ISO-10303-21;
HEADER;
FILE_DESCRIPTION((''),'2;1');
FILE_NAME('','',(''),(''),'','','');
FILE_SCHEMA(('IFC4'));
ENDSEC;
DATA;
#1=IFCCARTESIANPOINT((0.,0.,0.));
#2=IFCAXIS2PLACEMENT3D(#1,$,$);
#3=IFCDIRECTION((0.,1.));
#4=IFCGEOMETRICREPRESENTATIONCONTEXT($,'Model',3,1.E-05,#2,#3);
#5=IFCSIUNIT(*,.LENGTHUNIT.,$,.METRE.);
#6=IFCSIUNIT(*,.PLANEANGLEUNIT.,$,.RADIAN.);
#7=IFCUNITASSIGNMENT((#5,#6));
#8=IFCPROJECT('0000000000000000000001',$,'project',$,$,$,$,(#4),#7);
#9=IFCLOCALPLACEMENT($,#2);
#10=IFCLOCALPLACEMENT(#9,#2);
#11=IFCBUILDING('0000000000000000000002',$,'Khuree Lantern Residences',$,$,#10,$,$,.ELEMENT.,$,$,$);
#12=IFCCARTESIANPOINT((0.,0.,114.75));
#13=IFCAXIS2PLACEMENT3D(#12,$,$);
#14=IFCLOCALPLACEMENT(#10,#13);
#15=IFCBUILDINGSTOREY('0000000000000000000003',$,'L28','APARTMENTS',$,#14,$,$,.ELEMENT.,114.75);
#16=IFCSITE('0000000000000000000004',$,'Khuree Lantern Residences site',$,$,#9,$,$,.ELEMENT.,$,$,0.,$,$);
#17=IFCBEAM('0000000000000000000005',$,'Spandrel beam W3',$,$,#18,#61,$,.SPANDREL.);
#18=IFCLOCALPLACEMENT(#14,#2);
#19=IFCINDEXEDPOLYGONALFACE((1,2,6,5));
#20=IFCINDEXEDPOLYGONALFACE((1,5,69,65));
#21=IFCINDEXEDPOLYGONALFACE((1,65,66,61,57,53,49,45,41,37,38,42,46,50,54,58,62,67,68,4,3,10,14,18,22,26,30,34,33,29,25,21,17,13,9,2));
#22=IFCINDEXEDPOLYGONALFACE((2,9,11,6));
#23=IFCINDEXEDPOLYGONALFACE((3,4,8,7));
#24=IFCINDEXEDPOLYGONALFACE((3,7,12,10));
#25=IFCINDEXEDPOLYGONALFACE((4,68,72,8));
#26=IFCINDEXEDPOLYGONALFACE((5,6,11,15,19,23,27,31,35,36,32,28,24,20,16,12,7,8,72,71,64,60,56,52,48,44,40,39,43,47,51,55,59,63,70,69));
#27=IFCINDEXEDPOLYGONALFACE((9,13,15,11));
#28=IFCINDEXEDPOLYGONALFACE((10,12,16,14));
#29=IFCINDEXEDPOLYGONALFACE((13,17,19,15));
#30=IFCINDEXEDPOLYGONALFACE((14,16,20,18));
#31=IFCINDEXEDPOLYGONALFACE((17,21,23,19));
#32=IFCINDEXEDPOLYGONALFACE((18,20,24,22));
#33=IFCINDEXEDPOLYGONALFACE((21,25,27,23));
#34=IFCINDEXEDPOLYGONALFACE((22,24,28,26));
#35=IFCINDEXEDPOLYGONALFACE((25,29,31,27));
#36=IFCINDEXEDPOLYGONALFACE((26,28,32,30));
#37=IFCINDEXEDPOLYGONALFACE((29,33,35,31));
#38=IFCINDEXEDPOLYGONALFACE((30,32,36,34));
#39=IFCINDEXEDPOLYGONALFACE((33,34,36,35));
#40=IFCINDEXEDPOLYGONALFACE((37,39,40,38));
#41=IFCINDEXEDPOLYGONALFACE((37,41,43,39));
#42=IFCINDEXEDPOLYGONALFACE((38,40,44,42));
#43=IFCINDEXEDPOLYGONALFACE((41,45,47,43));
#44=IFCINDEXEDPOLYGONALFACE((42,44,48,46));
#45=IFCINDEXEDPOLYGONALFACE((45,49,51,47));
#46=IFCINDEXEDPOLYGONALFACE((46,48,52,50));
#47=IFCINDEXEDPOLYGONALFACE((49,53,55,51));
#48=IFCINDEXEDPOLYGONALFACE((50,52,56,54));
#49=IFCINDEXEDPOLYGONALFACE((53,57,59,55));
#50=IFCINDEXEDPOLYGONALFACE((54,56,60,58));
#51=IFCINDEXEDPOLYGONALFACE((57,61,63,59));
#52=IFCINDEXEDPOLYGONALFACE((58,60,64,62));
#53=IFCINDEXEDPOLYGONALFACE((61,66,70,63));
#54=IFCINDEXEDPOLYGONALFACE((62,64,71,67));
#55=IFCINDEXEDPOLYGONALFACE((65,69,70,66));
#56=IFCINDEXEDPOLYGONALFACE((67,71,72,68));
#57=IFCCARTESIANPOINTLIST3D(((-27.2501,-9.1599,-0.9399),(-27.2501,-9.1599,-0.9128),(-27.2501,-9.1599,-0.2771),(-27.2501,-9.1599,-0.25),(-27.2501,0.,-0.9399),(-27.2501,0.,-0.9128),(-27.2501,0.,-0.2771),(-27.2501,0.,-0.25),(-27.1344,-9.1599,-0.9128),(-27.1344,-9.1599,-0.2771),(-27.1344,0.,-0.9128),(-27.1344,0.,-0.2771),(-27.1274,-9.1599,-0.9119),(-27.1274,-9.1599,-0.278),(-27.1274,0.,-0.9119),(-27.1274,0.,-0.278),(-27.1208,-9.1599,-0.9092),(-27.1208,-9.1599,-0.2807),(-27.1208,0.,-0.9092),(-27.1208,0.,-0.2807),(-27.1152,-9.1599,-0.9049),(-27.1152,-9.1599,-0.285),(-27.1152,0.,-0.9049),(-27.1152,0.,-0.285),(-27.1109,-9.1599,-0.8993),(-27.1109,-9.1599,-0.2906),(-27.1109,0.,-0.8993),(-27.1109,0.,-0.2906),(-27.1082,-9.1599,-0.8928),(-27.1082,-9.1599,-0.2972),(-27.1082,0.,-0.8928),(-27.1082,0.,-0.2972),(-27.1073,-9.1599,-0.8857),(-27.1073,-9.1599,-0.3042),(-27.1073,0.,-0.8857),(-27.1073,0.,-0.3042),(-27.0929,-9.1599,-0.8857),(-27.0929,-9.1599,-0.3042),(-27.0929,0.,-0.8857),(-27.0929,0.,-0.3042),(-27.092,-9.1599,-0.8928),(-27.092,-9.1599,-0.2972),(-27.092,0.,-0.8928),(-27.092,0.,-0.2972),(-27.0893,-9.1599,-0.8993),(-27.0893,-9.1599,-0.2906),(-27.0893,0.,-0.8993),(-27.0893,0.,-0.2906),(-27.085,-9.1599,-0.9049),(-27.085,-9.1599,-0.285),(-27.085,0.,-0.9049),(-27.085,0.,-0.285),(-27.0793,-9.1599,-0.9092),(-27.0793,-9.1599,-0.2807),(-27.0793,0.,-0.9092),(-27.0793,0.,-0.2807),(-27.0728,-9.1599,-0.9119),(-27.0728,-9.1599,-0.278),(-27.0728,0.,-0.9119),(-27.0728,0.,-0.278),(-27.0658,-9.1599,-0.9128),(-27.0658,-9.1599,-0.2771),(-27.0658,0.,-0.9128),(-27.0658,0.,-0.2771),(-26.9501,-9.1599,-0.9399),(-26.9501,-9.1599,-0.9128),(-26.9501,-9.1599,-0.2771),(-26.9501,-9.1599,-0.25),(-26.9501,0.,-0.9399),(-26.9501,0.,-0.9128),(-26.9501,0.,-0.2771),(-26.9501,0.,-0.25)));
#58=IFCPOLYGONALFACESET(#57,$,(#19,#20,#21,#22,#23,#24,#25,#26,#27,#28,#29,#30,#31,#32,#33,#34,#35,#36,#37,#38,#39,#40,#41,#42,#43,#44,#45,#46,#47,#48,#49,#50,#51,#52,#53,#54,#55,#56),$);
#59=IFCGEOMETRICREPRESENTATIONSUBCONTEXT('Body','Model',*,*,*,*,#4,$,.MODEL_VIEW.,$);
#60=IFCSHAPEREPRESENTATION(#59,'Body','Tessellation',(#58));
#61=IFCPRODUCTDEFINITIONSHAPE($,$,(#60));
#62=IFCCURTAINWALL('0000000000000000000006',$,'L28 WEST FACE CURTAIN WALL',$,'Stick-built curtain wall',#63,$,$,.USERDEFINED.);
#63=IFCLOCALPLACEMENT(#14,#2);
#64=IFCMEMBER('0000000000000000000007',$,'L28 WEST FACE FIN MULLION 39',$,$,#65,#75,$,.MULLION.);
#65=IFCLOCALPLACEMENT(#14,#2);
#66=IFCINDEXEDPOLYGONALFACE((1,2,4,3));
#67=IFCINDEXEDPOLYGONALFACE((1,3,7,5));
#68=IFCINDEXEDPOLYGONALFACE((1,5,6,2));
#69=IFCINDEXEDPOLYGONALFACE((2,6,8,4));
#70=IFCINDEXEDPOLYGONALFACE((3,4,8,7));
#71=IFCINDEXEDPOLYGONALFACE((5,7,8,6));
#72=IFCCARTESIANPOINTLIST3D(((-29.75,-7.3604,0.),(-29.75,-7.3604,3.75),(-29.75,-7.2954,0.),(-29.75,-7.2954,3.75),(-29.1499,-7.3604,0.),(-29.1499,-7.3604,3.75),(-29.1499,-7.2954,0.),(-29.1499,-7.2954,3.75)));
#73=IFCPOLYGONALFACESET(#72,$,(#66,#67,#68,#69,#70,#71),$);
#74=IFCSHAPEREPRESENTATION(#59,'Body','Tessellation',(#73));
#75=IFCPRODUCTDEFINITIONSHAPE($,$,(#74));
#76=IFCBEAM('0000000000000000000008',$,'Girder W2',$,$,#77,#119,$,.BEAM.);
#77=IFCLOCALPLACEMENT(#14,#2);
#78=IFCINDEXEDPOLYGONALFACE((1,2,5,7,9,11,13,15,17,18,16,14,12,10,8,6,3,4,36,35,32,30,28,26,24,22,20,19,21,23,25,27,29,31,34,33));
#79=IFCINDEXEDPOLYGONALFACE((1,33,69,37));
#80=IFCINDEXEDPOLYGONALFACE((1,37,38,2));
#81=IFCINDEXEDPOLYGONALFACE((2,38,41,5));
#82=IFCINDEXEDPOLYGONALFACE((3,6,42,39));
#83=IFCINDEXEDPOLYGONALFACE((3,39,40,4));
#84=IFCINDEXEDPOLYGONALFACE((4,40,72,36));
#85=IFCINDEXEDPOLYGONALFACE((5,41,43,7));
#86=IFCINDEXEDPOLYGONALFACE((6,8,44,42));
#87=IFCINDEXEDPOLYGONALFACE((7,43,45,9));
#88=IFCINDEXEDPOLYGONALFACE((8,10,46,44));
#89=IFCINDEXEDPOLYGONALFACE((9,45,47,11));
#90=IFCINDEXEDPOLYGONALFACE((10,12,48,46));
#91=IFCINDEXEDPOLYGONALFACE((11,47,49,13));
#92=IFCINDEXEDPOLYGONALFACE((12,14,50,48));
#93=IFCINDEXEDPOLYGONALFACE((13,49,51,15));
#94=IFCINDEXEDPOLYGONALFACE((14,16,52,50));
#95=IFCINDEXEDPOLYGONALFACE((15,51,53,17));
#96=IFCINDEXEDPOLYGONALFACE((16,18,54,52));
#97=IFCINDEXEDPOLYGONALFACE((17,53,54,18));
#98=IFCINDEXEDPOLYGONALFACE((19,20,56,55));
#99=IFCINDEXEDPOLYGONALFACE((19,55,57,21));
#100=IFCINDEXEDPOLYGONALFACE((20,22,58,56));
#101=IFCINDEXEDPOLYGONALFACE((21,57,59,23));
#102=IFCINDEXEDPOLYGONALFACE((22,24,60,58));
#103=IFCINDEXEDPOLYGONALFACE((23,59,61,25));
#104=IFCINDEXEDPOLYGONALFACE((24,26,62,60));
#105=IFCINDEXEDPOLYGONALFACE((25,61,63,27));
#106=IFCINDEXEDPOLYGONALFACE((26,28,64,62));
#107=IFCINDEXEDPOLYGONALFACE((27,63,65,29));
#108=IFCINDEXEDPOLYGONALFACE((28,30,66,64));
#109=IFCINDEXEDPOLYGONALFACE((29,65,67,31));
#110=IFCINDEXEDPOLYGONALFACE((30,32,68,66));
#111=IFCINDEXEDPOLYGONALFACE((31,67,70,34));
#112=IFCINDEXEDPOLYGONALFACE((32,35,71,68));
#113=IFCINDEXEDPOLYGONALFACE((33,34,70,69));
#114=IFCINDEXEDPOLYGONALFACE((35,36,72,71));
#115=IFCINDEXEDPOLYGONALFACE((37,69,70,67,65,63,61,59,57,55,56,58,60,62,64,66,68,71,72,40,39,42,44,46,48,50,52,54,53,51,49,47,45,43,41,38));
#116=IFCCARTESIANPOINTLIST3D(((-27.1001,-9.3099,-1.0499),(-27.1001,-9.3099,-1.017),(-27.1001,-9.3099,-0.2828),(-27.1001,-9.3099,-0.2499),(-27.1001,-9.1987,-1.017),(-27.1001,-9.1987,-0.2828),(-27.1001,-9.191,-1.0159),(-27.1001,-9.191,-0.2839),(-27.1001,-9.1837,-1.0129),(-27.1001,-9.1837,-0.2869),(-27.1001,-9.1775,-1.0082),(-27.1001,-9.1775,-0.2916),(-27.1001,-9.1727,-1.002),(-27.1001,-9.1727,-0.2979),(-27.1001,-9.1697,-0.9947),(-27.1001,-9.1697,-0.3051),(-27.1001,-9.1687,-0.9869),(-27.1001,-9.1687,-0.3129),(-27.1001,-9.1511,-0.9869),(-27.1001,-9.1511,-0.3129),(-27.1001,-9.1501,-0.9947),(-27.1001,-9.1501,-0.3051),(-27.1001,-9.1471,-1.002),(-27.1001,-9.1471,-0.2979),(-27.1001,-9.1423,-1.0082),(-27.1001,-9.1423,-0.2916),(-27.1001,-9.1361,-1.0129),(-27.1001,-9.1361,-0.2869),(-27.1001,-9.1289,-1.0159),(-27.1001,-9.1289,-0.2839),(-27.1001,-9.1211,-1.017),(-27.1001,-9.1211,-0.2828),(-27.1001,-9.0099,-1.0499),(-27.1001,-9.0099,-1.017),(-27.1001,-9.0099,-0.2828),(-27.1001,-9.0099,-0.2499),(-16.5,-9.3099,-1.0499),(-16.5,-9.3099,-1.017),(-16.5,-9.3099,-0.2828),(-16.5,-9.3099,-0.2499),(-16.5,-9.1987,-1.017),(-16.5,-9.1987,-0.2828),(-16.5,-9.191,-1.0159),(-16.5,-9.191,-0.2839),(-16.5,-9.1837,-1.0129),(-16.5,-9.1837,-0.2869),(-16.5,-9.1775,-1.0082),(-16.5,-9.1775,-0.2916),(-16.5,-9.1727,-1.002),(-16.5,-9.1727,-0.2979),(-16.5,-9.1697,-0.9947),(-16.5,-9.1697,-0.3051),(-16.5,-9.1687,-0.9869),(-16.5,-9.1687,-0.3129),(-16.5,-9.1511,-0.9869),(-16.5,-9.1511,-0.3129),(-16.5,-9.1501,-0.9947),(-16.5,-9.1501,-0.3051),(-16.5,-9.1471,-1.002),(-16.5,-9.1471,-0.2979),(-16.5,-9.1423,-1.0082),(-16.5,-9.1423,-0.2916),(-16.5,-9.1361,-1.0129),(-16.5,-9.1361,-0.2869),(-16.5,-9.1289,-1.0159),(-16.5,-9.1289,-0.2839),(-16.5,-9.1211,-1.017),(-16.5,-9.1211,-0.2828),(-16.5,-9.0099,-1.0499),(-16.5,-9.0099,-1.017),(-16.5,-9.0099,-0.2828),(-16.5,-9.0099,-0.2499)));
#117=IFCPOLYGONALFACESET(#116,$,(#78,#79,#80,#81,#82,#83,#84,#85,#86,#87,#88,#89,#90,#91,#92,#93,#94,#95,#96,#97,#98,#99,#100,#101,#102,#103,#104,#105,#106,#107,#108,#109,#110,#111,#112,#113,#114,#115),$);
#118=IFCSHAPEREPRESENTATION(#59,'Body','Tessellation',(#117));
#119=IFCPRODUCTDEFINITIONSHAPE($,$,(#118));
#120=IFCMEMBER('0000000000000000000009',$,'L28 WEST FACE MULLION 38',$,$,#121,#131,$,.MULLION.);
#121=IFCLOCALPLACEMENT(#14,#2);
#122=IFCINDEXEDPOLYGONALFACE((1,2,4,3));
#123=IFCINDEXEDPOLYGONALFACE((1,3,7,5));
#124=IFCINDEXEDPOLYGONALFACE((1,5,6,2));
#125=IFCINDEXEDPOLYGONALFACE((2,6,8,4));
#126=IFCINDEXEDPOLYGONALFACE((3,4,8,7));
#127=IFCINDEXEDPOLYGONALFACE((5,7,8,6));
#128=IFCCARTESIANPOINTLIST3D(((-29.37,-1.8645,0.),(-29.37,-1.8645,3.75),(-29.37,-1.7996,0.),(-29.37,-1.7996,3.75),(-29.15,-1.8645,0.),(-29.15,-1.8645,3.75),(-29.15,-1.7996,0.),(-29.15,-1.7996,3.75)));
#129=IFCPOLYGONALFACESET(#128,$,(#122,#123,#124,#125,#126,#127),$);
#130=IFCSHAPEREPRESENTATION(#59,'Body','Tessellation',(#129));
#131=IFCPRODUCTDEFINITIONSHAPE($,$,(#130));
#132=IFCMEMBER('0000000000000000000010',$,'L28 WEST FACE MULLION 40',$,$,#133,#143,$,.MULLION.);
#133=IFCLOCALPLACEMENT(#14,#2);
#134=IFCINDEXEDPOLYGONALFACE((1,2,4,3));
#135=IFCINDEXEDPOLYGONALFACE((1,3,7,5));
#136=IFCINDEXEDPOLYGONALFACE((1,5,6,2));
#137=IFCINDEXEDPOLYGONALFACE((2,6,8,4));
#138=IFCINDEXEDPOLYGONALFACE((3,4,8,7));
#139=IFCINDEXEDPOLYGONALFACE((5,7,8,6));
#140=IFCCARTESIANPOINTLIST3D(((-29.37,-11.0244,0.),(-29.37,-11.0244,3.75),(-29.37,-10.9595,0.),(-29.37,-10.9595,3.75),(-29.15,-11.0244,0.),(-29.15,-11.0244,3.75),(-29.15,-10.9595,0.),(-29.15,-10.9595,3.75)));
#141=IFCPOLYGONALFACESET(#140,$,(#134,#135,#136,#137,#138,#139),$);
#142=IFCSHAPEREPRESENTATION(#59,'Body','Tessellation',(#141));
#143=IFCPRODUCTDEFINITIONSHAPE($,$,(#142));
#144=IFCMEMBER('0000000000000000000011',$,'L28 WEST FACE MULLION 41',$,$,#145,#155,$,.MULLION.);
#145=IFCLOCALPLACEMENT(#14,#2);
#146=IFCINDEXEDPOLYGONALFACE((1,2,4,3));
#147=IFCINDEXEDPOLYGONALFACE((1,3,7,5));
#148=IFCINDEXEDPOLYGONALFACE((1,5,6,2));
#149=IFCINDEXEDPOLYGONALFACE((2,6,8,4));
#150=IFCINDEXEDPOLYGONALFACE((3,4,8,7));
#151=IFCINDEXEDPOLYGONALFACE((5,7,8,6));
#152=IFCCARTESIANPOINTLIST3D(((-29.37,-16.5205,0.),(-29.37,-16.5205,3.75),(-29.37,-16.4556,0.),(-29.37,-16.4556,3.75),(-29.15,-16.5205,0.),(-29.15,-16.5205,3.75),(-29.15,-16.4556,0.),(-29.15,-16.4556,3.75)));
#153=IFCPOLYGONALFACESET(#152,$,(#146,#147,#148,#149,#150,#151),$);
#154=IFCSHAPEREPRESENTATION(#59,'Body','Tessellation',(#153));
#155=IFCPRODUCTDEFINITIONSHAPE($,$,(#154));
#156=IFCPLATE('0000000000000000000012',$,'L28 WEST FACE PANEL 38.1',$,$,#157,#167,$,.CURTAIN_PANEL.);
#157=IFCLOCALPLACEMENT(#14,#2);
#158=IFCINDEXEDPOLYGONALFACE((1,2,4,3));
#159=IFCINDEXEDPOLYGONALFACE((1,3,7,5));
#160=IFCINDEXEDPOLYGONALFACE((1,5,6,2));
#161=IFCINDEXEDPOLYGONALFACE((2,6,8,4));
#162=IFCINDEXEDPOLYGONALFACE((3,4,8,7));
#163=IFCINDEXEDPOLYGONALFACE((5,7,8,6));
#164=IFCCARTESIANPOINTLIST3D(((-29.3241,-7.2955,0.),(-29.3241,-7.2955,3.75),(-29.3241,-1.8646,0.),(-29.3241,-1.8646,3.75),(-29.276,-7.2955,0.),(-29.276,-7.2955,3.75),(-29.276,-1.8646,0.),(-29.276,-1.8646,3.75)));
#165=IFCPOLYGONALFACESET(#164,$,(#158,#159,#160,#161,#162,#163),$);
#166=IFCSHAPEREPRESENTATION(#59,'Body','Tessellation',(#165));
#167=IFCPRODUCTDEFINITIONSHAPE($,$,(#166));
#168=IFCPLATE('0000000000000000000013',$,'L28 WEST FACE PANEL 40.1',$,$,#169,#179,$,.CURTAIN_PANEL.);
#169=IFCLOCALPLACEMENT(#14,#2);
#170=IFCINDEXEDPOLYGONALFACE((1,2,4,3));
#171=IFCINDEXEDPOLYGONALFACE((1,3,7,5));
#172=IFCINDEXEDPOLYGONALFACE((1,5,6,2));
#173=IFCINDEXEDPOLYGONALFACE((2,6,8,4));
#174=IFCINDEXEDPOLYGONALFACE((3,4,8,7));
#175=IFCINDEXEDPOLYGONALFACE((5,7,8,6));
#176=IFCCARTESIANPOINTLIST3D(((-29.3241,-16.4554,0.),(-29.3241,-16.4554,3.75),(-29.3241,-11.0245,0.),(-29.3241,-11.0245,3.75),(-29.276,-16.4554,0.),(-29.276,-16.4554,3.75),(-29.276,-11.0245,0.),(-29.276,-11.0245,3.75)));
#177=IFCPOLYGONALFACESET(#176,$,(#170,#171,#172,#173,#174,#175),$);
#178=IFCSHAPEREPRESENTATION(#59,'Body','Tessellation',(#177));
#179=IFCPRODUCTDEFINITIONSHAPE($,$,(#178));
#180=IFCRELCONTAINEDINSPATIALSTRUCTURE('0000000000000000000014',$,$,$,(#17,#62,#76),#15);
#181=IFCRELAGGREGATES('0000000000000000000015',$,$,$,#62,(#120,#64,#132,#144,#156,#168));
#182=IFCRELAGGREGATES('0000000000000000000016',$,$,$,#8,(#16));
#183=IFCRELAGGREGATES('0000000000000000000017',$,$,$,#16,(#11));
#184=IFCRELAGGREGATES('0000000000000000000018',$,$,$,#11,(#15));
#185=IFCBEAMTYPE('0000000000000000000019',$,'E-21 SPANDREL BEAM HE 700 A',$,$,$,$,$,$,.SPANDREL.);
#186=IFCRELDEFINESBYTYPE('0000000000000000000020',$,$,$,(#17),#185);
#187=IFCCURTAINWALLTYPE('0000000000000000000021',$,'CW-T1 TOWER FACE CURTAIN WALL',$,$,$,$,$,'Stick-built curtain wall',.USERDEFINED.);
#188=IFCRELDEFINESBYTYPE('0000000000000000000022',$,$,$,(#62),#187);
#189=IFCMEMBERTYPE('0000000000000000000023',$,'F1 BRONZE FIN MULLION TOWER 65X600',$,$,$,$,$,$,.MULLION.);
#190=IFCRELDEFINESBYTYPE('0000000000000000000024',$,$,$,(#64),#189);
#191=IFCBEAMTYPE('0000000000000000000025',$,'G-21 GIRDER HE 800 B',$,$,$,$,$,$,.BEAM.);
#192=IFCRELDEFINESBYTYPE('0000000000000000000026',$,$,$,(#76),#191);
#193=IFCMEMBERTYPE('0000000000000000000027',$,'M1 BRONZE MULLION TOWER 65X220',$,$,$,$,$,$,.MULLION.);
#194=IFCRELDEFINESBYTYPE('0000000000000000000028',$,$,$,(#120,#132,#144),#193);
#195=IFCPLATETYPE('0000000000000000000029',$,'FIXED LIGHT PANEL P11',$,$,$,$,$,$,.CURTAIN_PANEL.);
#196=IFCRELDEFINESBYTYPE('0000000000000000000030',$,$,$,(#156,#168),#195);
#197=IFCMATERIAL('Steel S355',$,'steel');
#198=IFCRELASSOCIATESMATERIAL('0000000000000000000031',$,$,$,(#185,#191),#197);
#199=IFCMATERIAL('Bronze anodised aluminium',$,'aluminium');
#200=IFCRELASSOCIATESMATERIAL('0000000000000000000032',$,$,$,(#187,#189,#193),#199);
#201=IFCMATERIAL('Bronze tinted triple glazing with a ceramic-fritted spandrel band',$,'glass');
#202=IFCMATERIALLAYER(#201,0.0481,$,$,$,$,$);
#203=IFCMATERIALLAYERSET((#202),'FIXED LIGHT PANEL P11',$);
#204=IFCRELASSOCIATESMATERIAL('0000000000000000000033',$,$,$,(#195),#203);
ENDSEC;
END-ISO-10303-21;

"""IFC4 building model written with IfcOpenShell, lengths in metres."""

from ifc_helpers import new_model, si_unit, direction, frame, origin, origin_2d, place, context, subcontext, project, spatial, rectangle, i_section, extrude, material, layer, layer_set, material_profile, profile_set, type_object, element, aggregate, save


model = new_model("IFC4")

# Units and contexts
model_context = context("Model", 3, precision=1e-05, world=origin(), true_north=direction((0.0, 1.0)))
body_context = subcontext(model_context, "Body", "Model", "MODEL_VIEW")
ifc_project = project(units=[si_unit("LENGTHUNIT", "METRE"), si_unit("PLANEANGLEUNIT", "RADIAN")], contexts=[model_context])

# Site, building, storey
site_placement = place(None, origin())
site = spatial("IfcSite", under=ifc_project, at=site_placement, Name="Khuree Lantern Residences site", CompositionType="ELEMENT", RefElevation=0.0)
building_placement = place(site_placement, origin())
building = spatial("IfcBuilding", under=site, at=building_placement, Name="Khuree Lantern Residences", CompositionType="ELEMENT")
storey_placement = place(building_placement, frame((0.0, 0.0, 114.75)))
storey = spatial("IfcBuildingStorey", under=building, at=storey_placement, Name="L28", Description="APARTMENTS", CompositionType="ELEMENT", Elevation=114.75)

# Beam
ifc_material_1 = material(Name="Steel S355", Category="steel")
ifc_material_profile_1 = material_profile(ifc_material_1, i_section(OverallWidth=0.3, OverallDepth=0.6899, WebThickness=0.0144, FlangeThickness=0.0271, FilletRadius=0.0271, at=origin_2d()), Name="HE 700 A")
ifc_profile_set_1 = profile_set([ifc_material_profile_1], Name="Steel S355")
beam_type_1 = type_object("IfcBeamType", Name="E-21 SPANDREL BEAM HE 700 A", PredefinedType="SPANDREL", material=ifc_profile_set_1)
beam_1_placement = place(storey_placement, frame((-27.1001, -9.1599, -0.595), z_axis=(0.0, 1.0, 0.0), x_axis=(-1.0, 0.0, 0.0)))
element("IfcBeam", 1, at=beam_1_placement, inside=storey, type_object=beam_type_1, Name="Spandrel beam W3", PredefinedType="SPANDREL", context=body_context, shape_type="SweptSolid", body=[
    extrude(i_section(OverallWidth=0.3, OverallDepth=0.6899, WebThickness=0.0144, FlangeThickness=0.0271, FilletRadius=0.0271, at=origin_2d()), origin(), (0.0, 0.0, 1.0), 9.1599),
])

# Curtain wall, member
ifc_material_2 = material(Name="Bronze anodised aluminium", Category="aluminium")
curtain_wall_type = type_object("IfcCurtainWallType", Name="CW-T1 TOWER FACE CURTAIN WALL", ElementType="Stick-built curtain wall", PredefinedType="USERDEFINED", material=ifc_material_2)
curtain_wall_placement = place(storey_placement, origin())
curtain_wall = element("IfcCurtainWall", 2, at=curtain_wall_placement, inside=storey, type_object=curtain_wall_type, Name="L28 WEST FACE CURTAIN WALL", ObjectType="Stick-built curtain wall", PredefinedType="USERDEFINED")
ifc_material_profile_2 = material_profile(ifc_material_2, rectangle(XDim=0.0649, YDim=0.6001, at=origin_2d()), Name="F1 65X600")
ifc_profile_set_2 = profile_set([ifc_material_profile_2], Name="Bronze anodised aluminium")
member_type_1 = type_object("IfcMemberType", Name="F1 BRONZE FIN MULLION TOWER 65X600", PredefinedType="MULLION", material=ifc_profile_set_2)
member_1_placement = place(storey_placement, frame((-29.45, -7.3279, 0.0), z_axis=(0.0, 0.0, 1.0), x_axis=(0.0, -1.0, 0.0)))
member_1 = element("IfcMember", 3, at=member_1_placement, type_object=member_type_1, Name="L28 WEST FACE FIN MULLION 39", PredefinedType="MULLION", context=body_context, shape_type="SweptSolid", body=[
    extrude(rectangle(XDim=0.0649, YDim=0.6001, at=origin_2d()), origin(), (0.0, 0.0, 1.0), 3.75),
])

# Beam
ifc_material_profile_3 = material_profile(ifc_material_1, i_section(OverallWidth=0.3, OverallDepth=0.8, WebThickness=0.0176, FlangeThickness=0.033, FilletRadius=0.03, at=origin_2d()), Name="HE 800 B")
ifc_profile_set_3 = profile_set([ifc_material_profile_3], Name="Steel S355")
beam_type_2 = type_object("IfcBeamType", Name="G-21 GIRDER HE 800 B", PredefinedType="BEAM", material=ifc_profile_set_3)
beam_2_placement = place(storey_placement, frame((-27.1001, -9.1599, -0.6499), z_axis=(1.0, 0.0, 0.0), x_axis=(0.0, 1.0, 0.0)))
element("IfcBeam", 4, at=beam_2_placement, inside=storey, type_object=beam_type_2, Name="Girder W2", PredefinedType="BEAM", context=body_context, shape_type="SweptSolid", body=[
    extrude(i_section(OverallWidth=0.3, OverallDepth=0.8, WebThickness=0.0176, FlangeThickness=0.033, FilletRadius=0.03, at=origin_2d()), origin(), (0.0, 0.0, 1.0), 10.6001),
])

# Members
ifc_material_profile_4 = material_profile(ifc_material_2, rectangle(XDim=0.0649, YDim=0.22, at=origin_2d()), Name="M1 65X220")
ifc_profile_set_4 = profile_set([ifc_material_profile_4], Name="Bronze anodised aluminium")
member_type_2 = type_object("IfcMemberType", Name="M1 BRONZE MULLION TOWER 65X220", PredefinedType="MULLION", material=ifc_profile_set_4)
member_2_placement = place(storey_placement, frame((-29.26, -1.832, 0.0), z_axis=(0.0, 0.0, 1.0), x_axis=(0.0, -1.0, 0.0)))
member_2 = element("IfcMember", 5, at=member_2_placement, type_object=member_type_2, Name="L28 WEST FACE MULLION 38", PredefinedType="MULLION", context=body_context, shape_type="SweptSolid", body=[
    extrude(rectangle(XDim=0.0649, YDim=0.22, at=origin_2d()), origin(), (0.0, 0.0, 1.0), 3.75),
])
member_3_placement = place(storey_placement, frame((-29.26, -10.9919, 0.0), z_axis=(0.0, 0.0, 1.0), x_axis=(0.0, -1.0, 0.0)))
member_3 = element("IfcMember", 6, at=member_3_placement, type_object=member_type_2, Name="L28 WEST FACE MULLION 40", PredefinedType="MULLION", context=body_context, shape_type="SweptSolid", body=[
    extrude(rectangle(XDim=0.0649, YDim=0.22, at=origin_2d()), origin(), (0.0, 0.0, 1.0), 3.75),
])
member_4_placement = place(storey_placement, frame((-29.26, -16.488, 0.0), z_axis=(0.0, 0.0, 1.0), x_axis=(0.0, -1.0, 0.0)))
member_4 = element("IfcMember", 7, at=member_4_placement, type_object=member_type_2, Name="L28 WEST FACE MULLION 41", PredefinedType="MULLION", context=body_context, shape_type="SweptSolid", body=[
    extrude(rectangle(XDim=0.0649, YDim=0.22, at=origin_2d()), origin(), (0.0, 0.0, 1.0), 3.75),
])

# Plates
ifc_material_3 = material(Name="Bronze tinted triple glazing with a ceramic-fritted spandrel band", Category="glass")
ifc_layer_1 = layer(ifc_material_3, 0.0481)
ifc_layer_set_1 = layer_set([ifc_layer_1], Name="FIXED LIGHT PANEL P11")
plate_type_1 = type_object("IfcPlateType", Name="FIXED LIGHT PANEL P11", PredefinedType="CURTAIN_PANEL", material=ifc_layer_set_1)
plate_1_placement = place(storey_placement, frame((-29.3, -4.5801, 0.0), z_axis=(0.0, 0.0, 1.0), x_axis=(0.0, -1.0, 0.0)))
plate_1 = element("IfcPlate", 8, at=plate_1_placement, type_object=plate_type_1, Name="L28 WEST FACE PANEL 38.1", PredefinedType="CURTAIN_PANEL", context=body_context, shape_type="SweptSolid", body=[
    extrude(rectangle(XDim=5.4309, YDim=0.0481, at=origin_2d()), origin(), (0.0, 0.0, 1.0), 3.75),
])
plate_2_placement = place(storey_placement, frame((-29.3, -13.74, 0.0), z_axis=(0.0, 0.0, 1.0), x_axis=(0.0, -1.0, 0.0)))
plate_2 = element("IfcPlate", 9, at=plate_2_placement, type_object=plate_type_1, Name="L28 WEST FACE PANEL 40.1", PredefinedType="CURTAIN_PANEL", context=body_context, shape_type="SweptSolid", body=[
    extrude(rectangle(XDim=5.4309, YDim=0.0481, at=origin_2d()), origin(), (0.0, 0.0, 1.0), 3.75),
])
aggregate(curtain_wall, [member_2, member_1, member_3, member_4, plate_1, plate_2])

save(model, "model.ifc")
